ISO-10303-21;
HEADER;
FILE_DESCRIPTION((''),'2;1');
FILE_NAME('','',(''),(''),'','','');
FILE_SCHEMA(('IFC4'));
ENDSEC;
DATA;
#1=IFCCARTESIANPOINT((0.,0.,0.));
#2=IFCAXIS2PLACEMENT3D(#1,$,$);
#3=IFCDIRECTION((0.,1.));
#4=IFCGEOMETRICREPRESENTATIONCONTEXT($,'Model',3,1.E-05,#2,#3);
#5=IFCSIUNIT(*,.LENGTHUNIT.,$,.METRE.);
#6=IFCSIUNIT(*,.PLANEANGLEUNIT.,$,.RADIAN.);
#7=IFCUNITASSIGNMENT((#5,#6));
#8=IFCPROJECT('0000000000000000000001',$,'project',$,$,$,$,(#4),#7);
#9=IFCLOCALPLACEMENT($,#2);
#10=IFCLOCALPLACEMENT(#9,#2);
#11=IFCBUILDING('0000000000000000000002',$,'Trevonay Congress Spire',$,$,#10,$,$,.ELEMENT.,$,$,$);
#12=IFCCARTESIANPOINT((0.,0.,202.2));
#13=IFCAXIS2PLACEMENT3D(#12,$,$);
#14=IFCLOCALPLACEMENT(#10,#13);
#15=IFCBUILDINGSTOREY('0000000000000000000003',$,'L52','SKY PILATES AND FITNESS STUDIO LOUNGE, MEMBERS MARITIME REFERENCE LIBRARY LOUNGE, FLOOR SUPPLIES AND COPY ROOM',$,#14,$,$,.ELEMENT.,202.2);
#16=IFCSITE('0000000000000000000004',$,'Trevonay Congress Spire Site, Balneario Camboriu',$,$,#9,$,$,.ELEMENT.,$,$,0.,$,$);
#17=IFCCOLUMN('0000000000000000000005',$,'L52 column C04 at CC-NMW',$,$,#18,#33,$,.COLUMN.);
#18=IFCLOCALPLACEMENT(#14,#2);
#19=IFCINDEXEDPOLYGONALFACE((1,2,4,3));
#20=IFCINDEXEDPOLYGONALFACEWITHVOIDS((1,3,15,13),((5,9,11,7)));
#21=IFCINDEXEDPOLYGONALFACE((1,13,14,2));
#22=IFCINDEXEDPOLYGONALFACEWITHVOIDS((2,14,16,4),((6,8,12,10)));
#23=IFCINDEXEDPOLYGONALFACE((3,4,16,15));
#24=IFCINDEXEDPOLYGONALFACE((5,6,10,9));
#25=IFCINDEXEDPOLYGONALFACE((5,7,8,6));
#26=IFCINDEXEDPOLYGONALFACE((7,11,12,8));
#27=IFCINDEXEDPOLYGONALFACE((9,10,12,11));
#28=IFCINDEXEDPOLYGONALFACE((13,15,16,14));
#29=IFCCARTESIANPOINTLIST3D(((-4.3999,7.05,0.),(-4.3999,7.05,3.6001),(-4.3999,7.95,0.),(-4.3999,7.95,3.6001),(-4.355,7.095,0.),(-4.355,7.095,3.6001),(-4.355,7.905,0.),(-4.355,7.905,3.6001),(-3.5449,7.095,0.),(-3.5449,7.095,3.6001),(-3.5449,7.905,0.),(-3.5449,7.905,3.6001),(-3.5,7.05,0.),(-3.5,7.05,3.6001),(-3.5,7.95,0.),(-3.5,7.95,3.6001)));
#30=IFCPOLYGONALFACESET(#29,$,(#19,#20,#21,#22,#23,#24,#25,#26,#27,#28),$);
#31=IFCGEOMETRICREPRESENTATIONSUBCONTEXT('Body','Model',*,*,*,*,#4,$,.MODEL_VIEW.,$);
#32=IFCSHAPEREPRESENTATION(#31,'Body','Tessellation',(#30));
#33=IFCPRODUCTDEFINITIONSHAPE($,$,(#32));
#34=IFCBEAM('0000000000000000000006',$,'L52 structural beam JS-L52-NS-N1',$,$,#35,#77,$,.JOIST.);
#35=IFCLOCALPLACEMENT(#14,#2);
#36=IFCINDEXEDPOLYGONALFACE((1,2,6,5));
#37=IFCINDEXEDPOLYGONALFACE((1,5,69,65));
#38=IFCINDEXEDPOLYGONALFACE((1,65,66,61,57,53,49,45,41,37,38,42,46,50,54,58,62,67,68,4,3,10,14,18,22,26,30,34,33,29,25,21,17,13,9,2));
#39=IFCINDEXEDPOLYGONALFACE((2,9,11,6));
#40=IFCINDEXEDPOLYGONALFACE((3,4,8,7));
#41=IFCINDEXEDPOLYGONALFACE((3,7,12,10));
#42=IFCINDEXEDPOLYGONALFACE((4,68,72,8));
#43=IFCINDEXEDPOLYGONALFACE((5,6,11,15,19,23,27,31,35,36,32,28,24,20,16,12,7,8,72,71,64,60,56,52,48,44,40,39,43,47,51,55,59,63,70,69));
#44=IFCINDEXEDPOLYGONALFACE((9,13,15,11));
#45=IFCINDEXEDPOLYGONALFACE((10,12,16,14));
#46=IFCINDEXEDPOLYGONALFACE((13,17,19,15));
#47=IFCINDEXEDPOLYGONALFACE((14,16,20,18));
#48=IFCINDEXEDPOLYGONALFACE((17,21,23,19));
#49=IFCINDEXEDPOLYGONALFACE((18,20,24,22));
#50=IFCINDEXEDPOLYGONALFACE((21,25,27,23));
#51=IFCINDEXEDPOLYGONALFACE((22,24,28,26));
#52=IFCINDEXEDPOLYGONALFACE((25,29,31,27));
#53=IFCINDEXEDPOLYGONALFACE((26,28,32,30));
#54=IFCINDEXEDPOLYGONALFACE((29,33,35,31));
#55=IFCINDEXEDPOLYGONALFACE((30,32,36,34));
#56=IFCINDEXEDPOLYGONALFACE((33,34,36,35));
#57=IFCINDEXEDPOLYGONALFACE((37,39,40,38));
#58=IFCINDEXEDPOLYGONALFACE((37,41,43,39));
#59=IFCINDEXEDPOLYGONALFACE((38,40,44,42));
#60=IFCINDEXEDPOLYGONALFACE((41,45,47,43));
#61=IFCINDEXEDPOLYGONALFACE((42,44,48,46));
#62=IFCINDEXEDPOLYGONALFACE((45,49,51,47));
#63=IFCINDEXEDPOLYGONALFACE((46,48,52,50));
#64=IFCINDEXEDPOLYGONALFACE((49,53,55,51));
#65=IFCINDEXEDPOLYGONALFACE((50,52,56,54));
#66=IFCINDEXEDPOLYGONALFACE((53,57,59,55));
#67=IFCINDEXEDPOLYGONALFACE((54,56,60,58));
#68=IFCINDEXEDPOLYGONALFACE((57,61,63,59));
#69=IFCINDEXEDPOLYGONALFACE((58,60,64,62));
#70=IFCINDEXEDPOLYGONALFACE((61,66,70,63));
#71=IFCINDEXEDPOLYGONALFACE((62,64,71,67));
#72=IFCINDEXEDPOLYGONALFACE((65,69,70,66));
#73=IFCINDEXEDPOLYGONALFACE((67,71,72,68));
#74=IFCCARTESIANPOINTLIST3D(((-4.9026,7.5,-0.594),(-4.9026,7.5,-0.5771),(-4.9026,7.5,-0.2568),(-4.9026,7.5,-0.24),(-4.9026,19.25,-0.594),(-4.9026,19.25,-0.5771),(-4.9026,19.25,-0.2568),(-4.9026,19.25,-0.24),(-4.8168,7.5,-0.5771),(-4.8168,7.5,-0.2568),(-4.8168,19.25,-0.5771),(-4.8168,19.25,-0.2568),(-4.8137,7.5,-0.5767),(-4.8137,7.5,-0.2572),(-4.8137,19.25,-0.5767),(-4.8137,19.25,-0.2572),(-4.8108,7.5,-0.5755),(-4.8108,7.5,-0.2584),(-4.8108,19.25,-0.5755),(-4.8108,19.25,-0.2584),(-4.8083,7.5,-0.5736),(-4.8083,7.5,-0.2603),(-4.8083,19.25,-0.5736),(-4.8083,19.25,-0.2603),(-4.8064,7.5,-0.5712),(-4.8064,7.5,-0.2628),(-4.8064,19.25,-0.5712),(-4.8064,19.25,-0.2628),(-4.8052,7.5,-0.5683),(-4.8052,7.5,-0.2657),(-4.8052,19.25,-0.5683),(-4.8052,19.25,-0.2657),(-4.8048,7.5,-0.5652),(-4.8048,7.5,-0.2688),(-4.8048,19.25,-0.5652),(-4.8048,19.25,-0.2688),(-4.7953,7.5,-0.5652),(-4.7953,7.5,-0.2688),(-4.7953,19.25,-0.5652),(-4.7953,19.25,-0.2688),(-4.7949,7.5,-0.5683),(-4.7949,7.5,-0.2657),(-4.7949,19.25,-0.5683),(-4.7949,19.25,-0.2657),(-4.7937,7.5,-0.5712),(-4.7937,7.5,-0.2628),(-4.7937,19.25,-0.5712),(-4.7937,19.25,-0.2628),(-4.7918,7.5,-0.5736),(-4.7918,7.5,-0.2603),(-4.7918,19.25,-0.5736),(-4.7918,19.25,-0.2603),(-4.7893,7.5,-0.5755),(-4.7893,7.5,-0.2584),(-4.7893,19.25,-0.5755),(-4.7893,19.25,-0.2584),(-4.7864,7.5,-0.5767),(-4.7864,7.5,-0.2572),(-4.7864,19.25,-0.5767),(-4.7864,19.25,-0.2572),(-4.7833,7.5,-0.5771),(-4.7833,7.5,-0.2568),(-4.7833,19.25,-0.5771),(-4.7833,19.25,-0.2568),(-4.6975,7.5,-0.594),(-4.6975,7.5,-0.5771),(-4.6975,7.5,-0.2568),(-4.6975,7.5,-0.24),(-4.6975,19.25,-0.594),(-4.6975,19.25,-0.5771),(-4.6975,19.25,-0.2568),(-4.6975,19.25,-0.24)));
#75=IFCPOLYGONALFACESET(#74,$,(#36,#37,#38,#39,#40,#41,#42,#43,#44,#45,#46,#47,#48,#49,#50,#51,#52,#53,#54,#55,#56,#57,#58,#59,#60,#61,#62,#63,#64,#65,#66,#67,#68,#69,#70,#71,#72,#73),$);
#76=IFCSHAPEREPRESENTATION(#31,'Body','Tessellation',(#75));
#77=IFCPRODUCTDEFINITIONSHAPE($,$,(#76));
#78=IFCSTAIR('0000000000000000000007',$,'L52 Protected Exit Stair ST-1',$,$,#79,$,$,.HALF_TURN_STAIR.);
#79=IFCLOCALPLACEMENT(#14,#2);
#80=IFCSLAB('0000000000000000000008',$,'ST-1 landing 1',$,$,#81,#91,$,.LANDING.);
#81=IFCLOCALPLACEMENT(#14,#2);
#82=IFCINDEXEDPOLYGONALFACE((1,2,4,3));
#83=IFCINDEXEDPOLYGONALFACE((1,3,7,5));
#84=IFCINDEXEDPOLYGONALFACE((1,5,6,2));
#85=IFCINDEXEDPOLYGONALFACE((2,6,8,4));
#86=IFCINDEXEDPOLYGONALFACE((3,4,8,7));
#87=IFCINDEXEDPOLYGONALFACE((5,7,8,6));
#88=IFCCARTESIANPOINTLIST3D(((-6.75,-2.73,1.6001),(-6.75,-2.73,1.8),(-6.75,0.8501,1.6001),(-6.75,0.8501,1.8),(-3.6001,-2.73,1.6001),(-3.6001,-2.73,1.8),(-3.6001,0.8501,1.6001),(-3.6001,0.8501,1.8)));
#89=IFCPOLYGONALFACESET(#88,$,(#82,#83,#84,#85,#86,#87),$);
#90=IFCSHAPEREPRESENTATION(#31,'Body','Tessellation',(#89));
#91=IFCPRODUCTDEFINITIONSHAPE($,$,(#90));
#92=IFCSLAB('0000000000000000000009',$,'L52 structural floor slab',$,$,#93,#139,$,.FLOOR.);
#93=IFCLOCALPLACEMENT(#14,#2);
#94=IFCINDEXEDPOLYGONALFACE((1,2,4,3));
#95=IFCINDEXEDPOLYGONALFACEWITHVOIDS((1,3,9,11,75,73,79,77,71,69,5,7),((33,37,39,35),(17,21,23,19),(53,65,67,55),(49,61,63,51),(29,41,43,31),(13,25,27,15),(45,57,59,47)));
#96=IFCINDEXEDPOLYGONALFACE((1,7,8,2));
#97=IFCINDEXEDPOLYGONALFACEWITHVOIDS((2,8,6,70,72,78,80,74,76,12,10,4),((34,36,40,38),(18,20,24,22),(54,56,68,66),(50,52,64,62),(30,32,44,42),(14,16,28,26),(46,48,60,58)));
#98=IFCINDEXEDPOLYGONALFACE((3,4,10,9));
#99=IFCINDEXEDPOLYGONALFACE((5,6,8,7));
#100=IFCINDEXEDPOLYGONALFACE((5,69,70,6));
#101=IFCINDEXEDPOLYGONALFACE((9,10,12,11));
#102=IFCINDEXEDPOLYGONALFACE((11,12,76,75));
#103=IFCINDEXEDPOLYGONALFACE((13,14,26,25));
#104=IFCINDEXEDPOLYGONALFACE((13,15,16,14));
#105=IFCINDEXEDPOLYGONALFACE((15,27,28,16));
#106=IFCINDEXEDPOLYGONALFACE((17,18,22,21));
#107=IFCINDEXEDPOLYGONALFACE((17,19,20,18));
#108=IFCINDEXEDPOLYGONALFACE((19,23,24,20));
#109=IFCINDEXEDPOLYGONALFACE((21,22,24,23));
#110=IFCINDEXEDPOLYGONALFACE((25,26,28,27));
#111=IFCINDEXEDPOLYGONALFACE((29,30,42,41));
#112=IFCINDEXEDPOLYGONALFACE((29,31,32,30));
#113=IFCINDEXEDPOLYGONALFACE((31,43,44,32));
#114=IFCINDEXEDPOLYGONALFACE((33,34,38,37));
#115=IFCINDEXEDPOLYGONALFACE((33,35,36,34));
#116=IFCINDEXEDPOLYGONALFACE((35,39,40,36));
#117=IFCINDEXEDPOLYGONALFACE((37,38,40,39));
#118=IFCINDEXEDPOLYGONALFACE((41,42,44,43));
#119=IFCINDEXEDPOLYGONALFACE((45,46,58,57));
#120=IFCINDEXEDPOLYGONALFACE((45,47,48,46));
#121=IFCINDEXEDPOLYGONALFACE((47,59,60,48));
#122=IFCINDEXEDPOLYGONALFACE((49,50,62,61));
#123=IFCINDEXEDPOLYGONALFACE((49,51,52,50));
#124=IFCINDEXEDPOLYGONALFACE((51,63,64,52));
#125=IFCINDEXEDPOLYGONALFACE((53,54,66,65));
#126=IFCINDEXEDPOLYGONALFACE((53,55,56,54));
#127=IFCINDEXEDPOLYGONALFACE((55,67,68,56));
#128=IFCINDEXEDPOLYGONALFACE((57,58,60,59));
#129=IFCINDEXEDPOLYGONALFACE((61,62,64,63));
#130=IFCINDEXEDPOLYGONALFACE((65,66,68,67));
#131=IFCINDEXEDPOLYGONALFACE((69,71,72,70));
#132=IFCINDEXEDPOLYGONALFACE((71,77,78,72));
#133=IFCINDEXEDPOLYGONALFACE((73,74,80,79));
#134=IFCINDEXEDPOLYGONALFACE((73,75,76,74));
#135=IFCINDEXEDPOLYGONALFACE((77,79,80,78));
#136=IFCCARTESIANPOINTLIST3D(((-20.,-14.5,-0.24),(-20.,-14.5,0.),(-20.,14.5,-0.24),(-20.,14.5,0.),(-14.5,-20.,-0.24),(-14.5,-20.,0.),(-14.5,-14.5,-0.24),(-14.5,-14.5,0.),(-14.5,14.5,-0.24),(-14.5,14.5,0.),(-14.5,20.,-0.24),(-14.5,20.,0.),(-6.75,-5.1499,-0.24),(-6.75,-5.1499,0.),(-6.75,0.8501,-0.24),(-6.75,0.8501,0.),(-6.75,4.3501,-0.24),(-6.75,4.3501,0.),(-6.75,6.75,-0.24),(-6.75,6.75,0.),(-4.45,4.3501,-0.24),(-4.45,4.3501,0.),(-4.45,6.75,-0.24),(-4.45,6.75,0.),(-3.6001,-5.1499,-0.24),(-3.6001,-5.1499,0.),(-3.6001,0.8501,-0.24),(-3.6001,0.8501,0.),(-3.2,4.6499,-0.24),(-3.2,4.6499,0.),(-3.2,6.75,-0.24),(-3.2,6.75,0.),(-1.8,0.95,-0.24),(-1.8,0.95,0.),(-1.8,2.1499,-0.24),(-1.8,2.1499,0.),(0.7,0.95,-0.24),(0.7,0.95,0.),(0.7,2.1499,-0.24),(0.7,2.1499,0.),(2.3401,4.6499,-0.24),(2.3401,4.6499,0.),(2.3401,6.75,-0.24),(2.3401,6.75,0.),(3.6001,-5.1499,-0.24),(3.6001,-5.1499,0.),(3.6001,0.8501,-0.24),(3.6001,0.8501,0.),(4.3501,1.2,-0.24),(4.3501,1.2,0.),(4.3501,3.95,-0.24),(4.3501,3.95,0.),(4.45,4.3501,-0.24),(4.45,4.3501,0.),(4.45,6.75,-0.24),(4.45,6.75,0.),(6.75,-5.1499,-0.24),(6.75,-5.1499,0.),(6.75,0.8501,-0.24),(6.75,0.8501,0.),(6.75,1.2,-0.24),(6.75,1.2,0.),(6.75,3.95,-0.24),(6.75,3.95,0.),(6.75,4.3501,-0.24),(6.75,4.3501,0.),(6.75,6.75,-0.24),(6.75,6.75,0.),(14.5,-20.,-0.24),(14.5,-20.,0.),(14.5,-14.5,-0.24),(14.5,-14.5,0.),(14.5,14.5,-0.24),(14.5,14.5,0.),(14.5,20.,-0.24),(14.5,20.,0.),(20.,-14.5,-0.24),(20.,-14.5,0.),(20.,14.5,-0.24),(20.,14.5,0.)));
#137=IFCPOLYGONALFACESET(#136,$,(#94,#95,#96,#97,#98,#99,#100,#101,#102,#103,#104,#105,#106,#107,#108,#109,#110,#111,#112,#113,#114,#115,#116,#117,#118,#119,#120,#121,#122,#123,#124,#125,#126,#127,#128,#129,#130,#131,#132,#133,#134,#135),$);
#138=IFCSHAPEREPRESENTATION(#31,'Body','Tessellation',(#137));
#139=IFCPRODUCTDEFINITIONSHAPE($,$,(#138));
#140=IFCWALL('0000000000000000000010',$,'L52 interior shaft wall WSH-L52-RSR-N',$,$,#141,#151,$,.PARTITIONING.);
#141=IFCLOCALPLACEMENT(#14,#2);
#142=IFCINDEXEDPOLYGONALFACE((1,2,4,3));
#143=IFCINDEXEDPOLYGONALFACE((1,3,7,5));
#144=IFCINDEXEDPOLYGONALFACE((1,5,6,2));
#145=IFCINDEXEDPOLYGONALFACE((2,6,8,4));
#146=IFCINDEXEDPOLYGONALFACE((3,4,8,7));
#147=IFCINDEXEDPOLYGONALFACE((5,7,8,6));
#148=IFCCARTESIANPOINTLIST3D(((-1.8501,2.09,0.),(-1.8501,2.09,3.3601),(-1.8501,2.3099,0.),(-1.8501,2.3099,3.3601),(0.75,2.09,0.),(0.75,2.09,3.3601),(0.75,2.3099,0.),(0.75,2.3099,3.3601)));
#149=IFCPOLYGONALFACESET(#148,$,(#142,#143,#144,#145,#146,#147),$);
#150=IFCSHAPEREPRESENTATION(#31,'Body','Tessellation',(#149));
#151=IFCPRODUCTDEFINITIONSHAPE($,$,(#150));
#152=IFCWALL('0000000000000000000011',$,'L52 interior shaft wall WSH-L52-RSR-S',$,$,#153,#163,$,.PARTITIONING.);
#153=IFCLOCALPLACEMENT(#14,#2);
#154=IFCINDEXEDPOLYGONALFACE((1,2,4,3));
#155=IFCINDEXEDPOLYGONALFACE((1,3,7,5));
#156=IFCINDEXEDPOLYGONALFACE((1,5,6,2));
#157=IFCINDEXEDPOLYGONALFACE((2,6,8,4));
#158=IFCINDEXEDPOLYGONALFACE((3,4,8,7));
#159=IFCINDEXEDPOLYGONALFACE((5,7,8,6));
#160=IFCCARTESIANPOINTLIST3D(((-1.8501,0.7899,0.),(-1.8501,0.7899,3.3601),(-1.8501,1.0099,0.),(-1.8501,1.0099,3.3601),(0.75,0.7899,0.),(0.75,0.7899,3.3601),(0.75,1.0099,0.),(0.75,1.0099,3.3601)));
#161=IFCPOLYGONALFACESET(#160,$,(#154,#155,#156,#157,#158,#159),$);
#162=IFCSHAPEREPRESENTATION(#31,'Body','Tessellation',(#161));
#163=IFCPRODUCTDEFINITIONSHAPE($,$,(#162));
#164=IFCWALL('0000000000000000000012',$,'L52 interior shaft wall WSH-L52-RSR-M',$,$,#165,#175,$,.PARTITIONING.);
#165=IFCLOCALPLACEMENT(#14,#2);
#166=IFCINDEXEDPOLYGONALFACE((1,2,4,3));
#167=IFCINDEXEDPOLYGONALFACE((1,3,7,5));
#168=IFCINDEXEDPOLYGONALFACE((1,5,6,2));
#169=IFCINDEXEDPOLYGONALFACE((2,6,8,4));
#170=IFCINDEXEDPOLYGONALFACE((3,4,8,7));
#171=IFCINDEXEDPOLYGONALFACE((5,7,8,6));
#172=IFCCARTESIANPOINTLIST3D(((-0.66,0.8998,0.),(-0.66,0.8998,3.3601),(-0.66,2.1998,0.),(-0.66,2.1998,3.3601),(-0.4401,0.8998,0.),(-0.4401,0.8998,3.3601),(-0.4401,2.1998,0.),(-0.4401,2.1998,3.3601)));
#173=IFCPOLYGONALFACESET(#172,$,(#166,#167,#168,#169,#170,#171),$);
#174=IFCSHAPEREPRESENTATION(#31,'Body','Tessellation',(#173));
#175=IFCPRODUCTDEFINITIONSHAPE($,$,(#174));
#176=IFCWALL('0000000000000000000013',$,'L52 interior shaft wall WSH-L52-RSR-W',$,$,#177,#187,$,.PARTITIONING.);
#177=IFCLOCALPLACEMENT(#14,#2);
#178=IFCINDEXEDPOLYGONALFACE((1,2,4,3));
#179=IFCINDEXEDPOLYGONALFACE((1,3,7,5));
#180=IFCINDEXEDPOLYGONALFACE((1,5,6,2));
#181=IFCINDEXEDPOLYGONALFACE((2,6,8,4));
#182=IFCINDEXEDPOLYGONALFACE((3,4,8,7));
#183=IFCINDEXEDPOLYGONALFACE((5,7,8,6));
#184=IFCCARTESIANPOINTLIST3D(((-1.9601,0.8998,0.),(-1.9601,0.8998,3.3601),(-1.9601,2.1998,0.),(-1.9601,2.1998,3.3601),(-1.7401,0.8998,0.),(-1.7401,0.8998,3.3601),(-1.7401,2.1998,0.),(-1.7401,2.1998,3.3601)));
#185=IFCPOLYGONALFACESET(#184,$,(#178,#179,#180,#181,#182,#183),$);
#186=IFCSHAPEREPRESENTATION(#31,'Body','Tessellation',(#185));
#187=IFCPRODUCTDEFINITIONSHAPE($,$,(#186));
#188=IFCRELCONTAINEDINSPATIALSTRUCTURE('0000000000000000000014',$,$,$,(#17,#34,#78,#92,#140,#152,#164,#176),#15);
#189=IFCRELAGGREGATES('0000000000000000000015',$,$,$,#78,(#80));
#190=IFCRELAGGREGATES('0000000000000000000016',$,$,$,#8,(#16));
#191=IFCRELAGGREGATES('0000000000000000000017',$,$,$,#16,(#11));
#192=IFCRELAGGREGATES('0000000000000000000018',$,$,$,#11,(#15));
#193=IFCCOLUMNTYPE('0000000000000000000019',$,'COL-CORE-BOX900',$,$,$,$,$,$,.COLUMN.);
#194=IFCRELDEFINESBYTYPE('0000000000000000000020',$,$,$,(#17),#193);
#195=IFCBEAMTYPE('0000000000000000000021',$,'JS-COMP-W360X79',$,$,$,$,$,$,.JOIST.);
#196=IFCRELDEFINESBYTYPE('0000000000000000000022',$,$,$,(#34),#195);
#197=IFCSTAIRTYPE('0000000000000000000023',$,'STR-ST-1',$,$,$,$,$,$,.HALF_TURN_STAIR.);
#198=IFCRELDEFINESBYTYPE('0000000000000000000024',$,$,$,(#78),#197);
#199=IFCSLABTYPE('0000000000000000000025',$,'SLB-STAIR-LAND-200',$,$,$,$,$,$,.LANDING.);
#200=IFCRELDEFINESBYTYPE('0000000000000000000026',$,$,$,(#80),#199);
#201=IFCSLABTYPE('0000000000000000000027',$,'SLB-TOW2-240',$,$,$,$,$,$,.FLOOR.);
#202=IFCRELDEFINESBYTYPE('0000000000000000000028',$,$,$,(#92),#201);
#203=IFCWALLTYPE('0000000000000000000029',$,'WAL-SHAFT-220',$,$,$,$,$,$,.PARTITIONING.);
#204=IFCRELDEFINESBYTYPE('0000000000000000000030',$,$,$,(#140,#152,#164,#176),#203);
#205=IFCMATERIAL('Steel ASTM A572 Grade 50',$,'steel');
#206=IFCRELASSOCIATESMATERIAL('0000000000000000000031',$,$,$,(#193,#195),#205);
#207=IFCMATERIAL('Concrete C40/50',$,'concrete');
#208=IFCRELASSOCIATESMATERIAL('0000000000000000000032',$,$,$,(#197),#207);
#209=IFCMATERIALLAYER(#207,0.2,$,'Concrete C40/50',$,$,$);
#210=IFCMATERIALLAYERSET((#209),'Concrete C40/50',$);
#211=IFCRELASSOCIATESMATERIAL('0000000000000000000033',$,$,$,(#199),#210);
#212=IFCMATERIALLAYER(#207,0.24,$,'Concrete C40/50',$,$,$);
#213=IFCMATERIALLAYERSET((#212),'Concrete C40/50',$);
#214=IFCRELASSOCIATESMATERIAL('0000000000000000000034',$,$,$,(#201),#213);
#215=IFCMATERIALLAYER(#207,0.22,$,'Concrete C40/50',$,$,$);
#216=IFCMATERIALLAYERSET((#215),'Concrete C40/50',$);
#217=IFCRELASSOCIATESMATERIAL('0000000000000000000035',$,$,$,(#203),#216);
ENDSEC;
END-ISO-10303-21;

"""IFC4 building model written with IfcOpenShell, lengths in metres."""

from ifc_helpers import new_model, si_unit, direction, frame, frame_2d, origin, origin_2d, place, context, subcontext, project, spatial, polyline, rectangle, hollow_rectangle, i_section, outline, extrude, material, layer, layer_set, material_profile, profile_set, type_object, element, aggregate, save


model = new_model("IFC4")

# Units and contexts
model_context = context("Model", 3, precision=1e-05, world=origin(), true_north=direction((0.0, 1.0)))
body_context = subcontext(model_context, "Body", "Model", "MODEL_VIEW")
ifc_project = project(units=[si_unit("LENGTHUNIT", "METRE"), si_unit("PLANEANGLEUNIT", "RADIAN")], contexts=[model_context])

# Site, building, storey
site_placement = place(None, origin())
site = spatial("IfcSite", under=ifc_project, at=site_placement, Name="Trevonay Congress Spire Site, Balneario Camboriu", CompositionType="ELEMENT", RefElevation=0.0)
building_placement = place(site_placement, origin())
building = spatial("IfcBuilding", under=site, at=building_placement, Name="Trevonay Congress Spire", CompositionType="ELEMENT")
storey_placement = place(building_placement, frame((0.0, 0.0, 202.2)))
storey = spatial("IfcBuildingStorey", under=building, at=storey_placement, Name="L52", Description="SKY PILATES AND FITNESS STUDIO LOUNGE, MEMBERS MARITIME REFERENCE LIBRARY LOUNGE, FLOOR SUPPLIES AND COPY ROOM", CompositionType="ELEMENT", Elevation=202.2)

# Column
ifc_material_1 = material(Name="Steel ASTM A572 Grade 50", Category="steel")
ifc_material_profile_1 = material_profile(ifc_material_1, hollow_rectangle(XDim=0.8999, YDim=0.8999, WallThickness=0.0449, at=origin_2d()), Name="BOX 900x900x45")
ifc_profile_set_1 = profile_set([ifc_material_profile_1], Name="Steel ASTM A572 Grade 50")
column_type = type_object("IfcColumnType", Name="COL-CORE-BOX900", PredefinedType="COLUMN", material=ifc_profile_set_1)
column_placement = place(storey_placement, frame((-3.95, 7.5, 0.0), z_axis=(0.0, 0.0, 1.0), x_axis=(1.0, 0.0, 0.0)))
element("IfcColumn", 1, at=column_placement, inside=storey, type_object=column_type, Name="L52 column C04 at CC-NMW", PredefinedType="COLUMN", context=body_context, shape_type="SweptSolid", body=[
    extrude(hollow_rectangle(XDim=0.8999, YDim=0.8999, WallThickness=0.0449, at=origin_2d()), origin(), (0.0, 0.0, 1.0), 3.6001),
])

# Beam
ifc_material_profile_2 = material_profile(ifc_material_1, i_section(OverallWidth=0.2051, OverallDepth=0.354, WebThickness=0.0095, FlangeThickness=0.0168, FilletRadius=0.012, at=origin_2d()), Name="W360x79")
ifc_profile_set_2 = profile_set([ifc_material_profile_2], Name="Steel ASTM A572 Grade 50")
beam_type = type_object("IfcBeamType", Name="JS-COMP-W360X79", PredefinedType="JOIST", material=ifc_profile_set_2)
beam_placement = place(storey_placement, frame((-4.8, 7.5, -0.417), z_axis=(0.0, 1.0, 0.0), x_axis=(-1.0, 0.0, 0.0)))
element("IfcBeam", 2, at=beam_placement, inside=storey, type_object=beam_type, Name="L52 structural beam JS-L52-NS-N1", PredefinedType="JOIST", context=body_context, shape_type="SweptSolid", body=[
    extrude(i_section(OverallWidth=0.2051, OverallDepth=0.354, WebThickness=0.0095, FlangeThickness=0.0168, FilletRadius=0.012, at=origin_2d()), origin(), (0.0, 0.0, 1.0), 11.75),
])

# Stair, slab
ifc_material_2 = material(Name="Concrete C40/50", Category="concrete")
stair_type = type_object("IfcStairType", Name="STR-ST-1", PredefinedType="HALF_TURN_STAIR", material=ifc_material_2)
stair_placement = place(storey_placement, origin())
stair = element("IfcStair", 3, at=stair_placement, inside=storey, type_object=stair_type, Name="L52 Protected Exit Stair ST-1", PredefinedType="HALF_TURN_STAIR")
ifc_layer_1 = layer(ifc_material_2, 0.2, Name="Concrete C40/50")
ifc_layer_set_1 = layer_set([ifc_layer_1], Name="Concrete C40/50")
slab_type_1 = type_object("IfcSlabType", Name="SLB-STAIR-LAND-200", PredefinedType="LANDING", material=ifc_layer_set_1)
slab_1_placement = place(storey_placement, frame((0.0, 0.0, 1.6001)))
slab_1 = element("IfcSlab", 4, at=slab_1_placement, type_object=slab_type_1, Name="ST-1 landing 1", PredefinedType="LANDING", context=body_context, shape_type="SweptSolid", body=[
    extrude(outline(polyline([(-3.6001, -2.73), (-3.6001, 0.8501), (-6.75, 0.8501), (-6.75, -2.73), (-3.6001, -2.73)])), origin(), (0.0, 0.0, 1.0), 0.2),
])
aggregate(stair, [slab_1])

# Slab
ifc_layer_2 = layer(ifc_material_2, 0.24, Name="Concrete C40/50")
ifc_layer_set_2 = layer_set([ifc_layer_2], Name="Concrete C40/50")
slab_type_2 = type_object("IfcSlabType", Name="SLB-TOW2-240", PredefinedType="FLOOR", material=ifc_layer_set_2)
slab_2_placement = place(storey_placement, frame((0.0, 0.0, -0.24)))
element("IfcSlab", 5, at=slab_2_placement, inside=storey, type_object=slab_type_2, Name="L52 structural floor slab", PredefinedType="FLOOR", context=body_context, shape_type="SweptSolid", body=[
    extrude(outline(polyline([(-14.5, -20.0), (14.5, -20.0), (14.5, -14.5), (20.0, -14.5), (20.0, 14.5), (14.5, 14.5), (14.5, 20.0), (-14.5, 20.0), (-14.5, 14.5), (-20.0, 14.5), (-20.0, -14.5), (-14.5, -14.5), (-14.5, -20.0)]), holes=[polyline([(-3.6001, -5.1499), (-3.6001, 0.8501), (-6.75, 0.8501), (-6.75, -5.1499), (-3.6001, -5.1499)]), polyline([(6.75, -5.1499), (6.75, 0.8501), (3.6001, 0.8501), (3.6001, -5.1499), (6.75, -5.1499)]), polyline([(-3.2, 4.6499), (2.3401, 4.6499), (2.3401, 6.75), (-3.2, 6.75), (-3.2, 4.6499)]), polyline([(-6.75, 4.3501), (-4.45, 4.3501), (-4.45, 6.75), (-6.75, 6.75), (-6.75, 4.3501)]), polyline([(4.45, 4.3501), (6.75, 4.3501), (6.75, 6.75), (4.45, 6.75), (4.45, 4.3501)]), polyline([(4.3501, 1.2), (6.75, 1.2), (6.75, 3.95), (4.3501, 3.95), (4.3501, 1.2)]), polyline([(-1.8, 0.95), (0.7, 0.95), (0.7, 2.1499), (-1.8, 2.1499), (-1.8, 0.95)])]), origin(), (0.0, 0.0, 1.0), 0.24),
])

# Walls
ifc_layer_3 = layer(ifc_material_2, 0.22, Name="Concrete C40/50")
ifc_layer_set_3 = layer_set([ifc_layer_3], Name="Concrete C40/50")
wall_type_1 = type_object("IfcWallType", Name="WAL-SHAFT-220", PredefinedType="PARTITIONING", material=ifc_layer_set_3)
for number, where, z_axis, x_axis, name in (
    (6, (-1.8501, 2.2, 0.0), (0.0, 0.0, 1.0), (1.0, 0.0, 0.0), "L52 interior shaft wall WSH-L52-RSR-N"),
    (7, (-1.8501, 0.8999, 0.0), (0.0, 0.0, 1.0), (1.0, 0.0, 0.0), "L52 interior shaft wall WSH-L52-RSR-S"),
):
    element("IfcWall", number, at=place(storey_placement, frame(where, z_axis=z_axis, x_axis=x_axis)), inside=storey, type_object=wall_type_1, Name=name, PredefinedType="PARTITIONING", context=body_context, shape_type="SweptSolid", body=[
        extrude(rectangle(XDim=2.6001, YDim=0.22, at=frame_2d((1.3, 0.0))), origin(), (0.0, 0.0, 1.0), 3.3601),
    ])
for number, where, z_axis, x_axis, name in (
    (8, (-0.55, 0.8999, 0.0), (0.0, 0.0, 1.0), (0.0, 1.0, 0.0), "L52 interior shaft wall WSH-L52-RSR-M"),
    (9, (-1.8501, 0.8999, 0.0), (0.0, 0.0, 1.0), (0.0, 1.0, 0.0), "L52 interior shaft wall WSH-L52-RSR-W"),
):
    element("IfcWall", number, at=place(storey_placement, frame(where, z_axis=z_axis, x_axis=x_axis)), inside=storey, type_object=wall_type_1, Name=name, PredefinedType="PARTITIONING", context=body_context, shape_type="SweptSolid", body=[
        extrude(rectangle(XDim=1.3, YDim=0.22, at=frame_2d((0.6499, 0.0))), origin(), (0.0, 0.0, 1.0), 3.3601),
    ])

save(model, "model.ifc")
